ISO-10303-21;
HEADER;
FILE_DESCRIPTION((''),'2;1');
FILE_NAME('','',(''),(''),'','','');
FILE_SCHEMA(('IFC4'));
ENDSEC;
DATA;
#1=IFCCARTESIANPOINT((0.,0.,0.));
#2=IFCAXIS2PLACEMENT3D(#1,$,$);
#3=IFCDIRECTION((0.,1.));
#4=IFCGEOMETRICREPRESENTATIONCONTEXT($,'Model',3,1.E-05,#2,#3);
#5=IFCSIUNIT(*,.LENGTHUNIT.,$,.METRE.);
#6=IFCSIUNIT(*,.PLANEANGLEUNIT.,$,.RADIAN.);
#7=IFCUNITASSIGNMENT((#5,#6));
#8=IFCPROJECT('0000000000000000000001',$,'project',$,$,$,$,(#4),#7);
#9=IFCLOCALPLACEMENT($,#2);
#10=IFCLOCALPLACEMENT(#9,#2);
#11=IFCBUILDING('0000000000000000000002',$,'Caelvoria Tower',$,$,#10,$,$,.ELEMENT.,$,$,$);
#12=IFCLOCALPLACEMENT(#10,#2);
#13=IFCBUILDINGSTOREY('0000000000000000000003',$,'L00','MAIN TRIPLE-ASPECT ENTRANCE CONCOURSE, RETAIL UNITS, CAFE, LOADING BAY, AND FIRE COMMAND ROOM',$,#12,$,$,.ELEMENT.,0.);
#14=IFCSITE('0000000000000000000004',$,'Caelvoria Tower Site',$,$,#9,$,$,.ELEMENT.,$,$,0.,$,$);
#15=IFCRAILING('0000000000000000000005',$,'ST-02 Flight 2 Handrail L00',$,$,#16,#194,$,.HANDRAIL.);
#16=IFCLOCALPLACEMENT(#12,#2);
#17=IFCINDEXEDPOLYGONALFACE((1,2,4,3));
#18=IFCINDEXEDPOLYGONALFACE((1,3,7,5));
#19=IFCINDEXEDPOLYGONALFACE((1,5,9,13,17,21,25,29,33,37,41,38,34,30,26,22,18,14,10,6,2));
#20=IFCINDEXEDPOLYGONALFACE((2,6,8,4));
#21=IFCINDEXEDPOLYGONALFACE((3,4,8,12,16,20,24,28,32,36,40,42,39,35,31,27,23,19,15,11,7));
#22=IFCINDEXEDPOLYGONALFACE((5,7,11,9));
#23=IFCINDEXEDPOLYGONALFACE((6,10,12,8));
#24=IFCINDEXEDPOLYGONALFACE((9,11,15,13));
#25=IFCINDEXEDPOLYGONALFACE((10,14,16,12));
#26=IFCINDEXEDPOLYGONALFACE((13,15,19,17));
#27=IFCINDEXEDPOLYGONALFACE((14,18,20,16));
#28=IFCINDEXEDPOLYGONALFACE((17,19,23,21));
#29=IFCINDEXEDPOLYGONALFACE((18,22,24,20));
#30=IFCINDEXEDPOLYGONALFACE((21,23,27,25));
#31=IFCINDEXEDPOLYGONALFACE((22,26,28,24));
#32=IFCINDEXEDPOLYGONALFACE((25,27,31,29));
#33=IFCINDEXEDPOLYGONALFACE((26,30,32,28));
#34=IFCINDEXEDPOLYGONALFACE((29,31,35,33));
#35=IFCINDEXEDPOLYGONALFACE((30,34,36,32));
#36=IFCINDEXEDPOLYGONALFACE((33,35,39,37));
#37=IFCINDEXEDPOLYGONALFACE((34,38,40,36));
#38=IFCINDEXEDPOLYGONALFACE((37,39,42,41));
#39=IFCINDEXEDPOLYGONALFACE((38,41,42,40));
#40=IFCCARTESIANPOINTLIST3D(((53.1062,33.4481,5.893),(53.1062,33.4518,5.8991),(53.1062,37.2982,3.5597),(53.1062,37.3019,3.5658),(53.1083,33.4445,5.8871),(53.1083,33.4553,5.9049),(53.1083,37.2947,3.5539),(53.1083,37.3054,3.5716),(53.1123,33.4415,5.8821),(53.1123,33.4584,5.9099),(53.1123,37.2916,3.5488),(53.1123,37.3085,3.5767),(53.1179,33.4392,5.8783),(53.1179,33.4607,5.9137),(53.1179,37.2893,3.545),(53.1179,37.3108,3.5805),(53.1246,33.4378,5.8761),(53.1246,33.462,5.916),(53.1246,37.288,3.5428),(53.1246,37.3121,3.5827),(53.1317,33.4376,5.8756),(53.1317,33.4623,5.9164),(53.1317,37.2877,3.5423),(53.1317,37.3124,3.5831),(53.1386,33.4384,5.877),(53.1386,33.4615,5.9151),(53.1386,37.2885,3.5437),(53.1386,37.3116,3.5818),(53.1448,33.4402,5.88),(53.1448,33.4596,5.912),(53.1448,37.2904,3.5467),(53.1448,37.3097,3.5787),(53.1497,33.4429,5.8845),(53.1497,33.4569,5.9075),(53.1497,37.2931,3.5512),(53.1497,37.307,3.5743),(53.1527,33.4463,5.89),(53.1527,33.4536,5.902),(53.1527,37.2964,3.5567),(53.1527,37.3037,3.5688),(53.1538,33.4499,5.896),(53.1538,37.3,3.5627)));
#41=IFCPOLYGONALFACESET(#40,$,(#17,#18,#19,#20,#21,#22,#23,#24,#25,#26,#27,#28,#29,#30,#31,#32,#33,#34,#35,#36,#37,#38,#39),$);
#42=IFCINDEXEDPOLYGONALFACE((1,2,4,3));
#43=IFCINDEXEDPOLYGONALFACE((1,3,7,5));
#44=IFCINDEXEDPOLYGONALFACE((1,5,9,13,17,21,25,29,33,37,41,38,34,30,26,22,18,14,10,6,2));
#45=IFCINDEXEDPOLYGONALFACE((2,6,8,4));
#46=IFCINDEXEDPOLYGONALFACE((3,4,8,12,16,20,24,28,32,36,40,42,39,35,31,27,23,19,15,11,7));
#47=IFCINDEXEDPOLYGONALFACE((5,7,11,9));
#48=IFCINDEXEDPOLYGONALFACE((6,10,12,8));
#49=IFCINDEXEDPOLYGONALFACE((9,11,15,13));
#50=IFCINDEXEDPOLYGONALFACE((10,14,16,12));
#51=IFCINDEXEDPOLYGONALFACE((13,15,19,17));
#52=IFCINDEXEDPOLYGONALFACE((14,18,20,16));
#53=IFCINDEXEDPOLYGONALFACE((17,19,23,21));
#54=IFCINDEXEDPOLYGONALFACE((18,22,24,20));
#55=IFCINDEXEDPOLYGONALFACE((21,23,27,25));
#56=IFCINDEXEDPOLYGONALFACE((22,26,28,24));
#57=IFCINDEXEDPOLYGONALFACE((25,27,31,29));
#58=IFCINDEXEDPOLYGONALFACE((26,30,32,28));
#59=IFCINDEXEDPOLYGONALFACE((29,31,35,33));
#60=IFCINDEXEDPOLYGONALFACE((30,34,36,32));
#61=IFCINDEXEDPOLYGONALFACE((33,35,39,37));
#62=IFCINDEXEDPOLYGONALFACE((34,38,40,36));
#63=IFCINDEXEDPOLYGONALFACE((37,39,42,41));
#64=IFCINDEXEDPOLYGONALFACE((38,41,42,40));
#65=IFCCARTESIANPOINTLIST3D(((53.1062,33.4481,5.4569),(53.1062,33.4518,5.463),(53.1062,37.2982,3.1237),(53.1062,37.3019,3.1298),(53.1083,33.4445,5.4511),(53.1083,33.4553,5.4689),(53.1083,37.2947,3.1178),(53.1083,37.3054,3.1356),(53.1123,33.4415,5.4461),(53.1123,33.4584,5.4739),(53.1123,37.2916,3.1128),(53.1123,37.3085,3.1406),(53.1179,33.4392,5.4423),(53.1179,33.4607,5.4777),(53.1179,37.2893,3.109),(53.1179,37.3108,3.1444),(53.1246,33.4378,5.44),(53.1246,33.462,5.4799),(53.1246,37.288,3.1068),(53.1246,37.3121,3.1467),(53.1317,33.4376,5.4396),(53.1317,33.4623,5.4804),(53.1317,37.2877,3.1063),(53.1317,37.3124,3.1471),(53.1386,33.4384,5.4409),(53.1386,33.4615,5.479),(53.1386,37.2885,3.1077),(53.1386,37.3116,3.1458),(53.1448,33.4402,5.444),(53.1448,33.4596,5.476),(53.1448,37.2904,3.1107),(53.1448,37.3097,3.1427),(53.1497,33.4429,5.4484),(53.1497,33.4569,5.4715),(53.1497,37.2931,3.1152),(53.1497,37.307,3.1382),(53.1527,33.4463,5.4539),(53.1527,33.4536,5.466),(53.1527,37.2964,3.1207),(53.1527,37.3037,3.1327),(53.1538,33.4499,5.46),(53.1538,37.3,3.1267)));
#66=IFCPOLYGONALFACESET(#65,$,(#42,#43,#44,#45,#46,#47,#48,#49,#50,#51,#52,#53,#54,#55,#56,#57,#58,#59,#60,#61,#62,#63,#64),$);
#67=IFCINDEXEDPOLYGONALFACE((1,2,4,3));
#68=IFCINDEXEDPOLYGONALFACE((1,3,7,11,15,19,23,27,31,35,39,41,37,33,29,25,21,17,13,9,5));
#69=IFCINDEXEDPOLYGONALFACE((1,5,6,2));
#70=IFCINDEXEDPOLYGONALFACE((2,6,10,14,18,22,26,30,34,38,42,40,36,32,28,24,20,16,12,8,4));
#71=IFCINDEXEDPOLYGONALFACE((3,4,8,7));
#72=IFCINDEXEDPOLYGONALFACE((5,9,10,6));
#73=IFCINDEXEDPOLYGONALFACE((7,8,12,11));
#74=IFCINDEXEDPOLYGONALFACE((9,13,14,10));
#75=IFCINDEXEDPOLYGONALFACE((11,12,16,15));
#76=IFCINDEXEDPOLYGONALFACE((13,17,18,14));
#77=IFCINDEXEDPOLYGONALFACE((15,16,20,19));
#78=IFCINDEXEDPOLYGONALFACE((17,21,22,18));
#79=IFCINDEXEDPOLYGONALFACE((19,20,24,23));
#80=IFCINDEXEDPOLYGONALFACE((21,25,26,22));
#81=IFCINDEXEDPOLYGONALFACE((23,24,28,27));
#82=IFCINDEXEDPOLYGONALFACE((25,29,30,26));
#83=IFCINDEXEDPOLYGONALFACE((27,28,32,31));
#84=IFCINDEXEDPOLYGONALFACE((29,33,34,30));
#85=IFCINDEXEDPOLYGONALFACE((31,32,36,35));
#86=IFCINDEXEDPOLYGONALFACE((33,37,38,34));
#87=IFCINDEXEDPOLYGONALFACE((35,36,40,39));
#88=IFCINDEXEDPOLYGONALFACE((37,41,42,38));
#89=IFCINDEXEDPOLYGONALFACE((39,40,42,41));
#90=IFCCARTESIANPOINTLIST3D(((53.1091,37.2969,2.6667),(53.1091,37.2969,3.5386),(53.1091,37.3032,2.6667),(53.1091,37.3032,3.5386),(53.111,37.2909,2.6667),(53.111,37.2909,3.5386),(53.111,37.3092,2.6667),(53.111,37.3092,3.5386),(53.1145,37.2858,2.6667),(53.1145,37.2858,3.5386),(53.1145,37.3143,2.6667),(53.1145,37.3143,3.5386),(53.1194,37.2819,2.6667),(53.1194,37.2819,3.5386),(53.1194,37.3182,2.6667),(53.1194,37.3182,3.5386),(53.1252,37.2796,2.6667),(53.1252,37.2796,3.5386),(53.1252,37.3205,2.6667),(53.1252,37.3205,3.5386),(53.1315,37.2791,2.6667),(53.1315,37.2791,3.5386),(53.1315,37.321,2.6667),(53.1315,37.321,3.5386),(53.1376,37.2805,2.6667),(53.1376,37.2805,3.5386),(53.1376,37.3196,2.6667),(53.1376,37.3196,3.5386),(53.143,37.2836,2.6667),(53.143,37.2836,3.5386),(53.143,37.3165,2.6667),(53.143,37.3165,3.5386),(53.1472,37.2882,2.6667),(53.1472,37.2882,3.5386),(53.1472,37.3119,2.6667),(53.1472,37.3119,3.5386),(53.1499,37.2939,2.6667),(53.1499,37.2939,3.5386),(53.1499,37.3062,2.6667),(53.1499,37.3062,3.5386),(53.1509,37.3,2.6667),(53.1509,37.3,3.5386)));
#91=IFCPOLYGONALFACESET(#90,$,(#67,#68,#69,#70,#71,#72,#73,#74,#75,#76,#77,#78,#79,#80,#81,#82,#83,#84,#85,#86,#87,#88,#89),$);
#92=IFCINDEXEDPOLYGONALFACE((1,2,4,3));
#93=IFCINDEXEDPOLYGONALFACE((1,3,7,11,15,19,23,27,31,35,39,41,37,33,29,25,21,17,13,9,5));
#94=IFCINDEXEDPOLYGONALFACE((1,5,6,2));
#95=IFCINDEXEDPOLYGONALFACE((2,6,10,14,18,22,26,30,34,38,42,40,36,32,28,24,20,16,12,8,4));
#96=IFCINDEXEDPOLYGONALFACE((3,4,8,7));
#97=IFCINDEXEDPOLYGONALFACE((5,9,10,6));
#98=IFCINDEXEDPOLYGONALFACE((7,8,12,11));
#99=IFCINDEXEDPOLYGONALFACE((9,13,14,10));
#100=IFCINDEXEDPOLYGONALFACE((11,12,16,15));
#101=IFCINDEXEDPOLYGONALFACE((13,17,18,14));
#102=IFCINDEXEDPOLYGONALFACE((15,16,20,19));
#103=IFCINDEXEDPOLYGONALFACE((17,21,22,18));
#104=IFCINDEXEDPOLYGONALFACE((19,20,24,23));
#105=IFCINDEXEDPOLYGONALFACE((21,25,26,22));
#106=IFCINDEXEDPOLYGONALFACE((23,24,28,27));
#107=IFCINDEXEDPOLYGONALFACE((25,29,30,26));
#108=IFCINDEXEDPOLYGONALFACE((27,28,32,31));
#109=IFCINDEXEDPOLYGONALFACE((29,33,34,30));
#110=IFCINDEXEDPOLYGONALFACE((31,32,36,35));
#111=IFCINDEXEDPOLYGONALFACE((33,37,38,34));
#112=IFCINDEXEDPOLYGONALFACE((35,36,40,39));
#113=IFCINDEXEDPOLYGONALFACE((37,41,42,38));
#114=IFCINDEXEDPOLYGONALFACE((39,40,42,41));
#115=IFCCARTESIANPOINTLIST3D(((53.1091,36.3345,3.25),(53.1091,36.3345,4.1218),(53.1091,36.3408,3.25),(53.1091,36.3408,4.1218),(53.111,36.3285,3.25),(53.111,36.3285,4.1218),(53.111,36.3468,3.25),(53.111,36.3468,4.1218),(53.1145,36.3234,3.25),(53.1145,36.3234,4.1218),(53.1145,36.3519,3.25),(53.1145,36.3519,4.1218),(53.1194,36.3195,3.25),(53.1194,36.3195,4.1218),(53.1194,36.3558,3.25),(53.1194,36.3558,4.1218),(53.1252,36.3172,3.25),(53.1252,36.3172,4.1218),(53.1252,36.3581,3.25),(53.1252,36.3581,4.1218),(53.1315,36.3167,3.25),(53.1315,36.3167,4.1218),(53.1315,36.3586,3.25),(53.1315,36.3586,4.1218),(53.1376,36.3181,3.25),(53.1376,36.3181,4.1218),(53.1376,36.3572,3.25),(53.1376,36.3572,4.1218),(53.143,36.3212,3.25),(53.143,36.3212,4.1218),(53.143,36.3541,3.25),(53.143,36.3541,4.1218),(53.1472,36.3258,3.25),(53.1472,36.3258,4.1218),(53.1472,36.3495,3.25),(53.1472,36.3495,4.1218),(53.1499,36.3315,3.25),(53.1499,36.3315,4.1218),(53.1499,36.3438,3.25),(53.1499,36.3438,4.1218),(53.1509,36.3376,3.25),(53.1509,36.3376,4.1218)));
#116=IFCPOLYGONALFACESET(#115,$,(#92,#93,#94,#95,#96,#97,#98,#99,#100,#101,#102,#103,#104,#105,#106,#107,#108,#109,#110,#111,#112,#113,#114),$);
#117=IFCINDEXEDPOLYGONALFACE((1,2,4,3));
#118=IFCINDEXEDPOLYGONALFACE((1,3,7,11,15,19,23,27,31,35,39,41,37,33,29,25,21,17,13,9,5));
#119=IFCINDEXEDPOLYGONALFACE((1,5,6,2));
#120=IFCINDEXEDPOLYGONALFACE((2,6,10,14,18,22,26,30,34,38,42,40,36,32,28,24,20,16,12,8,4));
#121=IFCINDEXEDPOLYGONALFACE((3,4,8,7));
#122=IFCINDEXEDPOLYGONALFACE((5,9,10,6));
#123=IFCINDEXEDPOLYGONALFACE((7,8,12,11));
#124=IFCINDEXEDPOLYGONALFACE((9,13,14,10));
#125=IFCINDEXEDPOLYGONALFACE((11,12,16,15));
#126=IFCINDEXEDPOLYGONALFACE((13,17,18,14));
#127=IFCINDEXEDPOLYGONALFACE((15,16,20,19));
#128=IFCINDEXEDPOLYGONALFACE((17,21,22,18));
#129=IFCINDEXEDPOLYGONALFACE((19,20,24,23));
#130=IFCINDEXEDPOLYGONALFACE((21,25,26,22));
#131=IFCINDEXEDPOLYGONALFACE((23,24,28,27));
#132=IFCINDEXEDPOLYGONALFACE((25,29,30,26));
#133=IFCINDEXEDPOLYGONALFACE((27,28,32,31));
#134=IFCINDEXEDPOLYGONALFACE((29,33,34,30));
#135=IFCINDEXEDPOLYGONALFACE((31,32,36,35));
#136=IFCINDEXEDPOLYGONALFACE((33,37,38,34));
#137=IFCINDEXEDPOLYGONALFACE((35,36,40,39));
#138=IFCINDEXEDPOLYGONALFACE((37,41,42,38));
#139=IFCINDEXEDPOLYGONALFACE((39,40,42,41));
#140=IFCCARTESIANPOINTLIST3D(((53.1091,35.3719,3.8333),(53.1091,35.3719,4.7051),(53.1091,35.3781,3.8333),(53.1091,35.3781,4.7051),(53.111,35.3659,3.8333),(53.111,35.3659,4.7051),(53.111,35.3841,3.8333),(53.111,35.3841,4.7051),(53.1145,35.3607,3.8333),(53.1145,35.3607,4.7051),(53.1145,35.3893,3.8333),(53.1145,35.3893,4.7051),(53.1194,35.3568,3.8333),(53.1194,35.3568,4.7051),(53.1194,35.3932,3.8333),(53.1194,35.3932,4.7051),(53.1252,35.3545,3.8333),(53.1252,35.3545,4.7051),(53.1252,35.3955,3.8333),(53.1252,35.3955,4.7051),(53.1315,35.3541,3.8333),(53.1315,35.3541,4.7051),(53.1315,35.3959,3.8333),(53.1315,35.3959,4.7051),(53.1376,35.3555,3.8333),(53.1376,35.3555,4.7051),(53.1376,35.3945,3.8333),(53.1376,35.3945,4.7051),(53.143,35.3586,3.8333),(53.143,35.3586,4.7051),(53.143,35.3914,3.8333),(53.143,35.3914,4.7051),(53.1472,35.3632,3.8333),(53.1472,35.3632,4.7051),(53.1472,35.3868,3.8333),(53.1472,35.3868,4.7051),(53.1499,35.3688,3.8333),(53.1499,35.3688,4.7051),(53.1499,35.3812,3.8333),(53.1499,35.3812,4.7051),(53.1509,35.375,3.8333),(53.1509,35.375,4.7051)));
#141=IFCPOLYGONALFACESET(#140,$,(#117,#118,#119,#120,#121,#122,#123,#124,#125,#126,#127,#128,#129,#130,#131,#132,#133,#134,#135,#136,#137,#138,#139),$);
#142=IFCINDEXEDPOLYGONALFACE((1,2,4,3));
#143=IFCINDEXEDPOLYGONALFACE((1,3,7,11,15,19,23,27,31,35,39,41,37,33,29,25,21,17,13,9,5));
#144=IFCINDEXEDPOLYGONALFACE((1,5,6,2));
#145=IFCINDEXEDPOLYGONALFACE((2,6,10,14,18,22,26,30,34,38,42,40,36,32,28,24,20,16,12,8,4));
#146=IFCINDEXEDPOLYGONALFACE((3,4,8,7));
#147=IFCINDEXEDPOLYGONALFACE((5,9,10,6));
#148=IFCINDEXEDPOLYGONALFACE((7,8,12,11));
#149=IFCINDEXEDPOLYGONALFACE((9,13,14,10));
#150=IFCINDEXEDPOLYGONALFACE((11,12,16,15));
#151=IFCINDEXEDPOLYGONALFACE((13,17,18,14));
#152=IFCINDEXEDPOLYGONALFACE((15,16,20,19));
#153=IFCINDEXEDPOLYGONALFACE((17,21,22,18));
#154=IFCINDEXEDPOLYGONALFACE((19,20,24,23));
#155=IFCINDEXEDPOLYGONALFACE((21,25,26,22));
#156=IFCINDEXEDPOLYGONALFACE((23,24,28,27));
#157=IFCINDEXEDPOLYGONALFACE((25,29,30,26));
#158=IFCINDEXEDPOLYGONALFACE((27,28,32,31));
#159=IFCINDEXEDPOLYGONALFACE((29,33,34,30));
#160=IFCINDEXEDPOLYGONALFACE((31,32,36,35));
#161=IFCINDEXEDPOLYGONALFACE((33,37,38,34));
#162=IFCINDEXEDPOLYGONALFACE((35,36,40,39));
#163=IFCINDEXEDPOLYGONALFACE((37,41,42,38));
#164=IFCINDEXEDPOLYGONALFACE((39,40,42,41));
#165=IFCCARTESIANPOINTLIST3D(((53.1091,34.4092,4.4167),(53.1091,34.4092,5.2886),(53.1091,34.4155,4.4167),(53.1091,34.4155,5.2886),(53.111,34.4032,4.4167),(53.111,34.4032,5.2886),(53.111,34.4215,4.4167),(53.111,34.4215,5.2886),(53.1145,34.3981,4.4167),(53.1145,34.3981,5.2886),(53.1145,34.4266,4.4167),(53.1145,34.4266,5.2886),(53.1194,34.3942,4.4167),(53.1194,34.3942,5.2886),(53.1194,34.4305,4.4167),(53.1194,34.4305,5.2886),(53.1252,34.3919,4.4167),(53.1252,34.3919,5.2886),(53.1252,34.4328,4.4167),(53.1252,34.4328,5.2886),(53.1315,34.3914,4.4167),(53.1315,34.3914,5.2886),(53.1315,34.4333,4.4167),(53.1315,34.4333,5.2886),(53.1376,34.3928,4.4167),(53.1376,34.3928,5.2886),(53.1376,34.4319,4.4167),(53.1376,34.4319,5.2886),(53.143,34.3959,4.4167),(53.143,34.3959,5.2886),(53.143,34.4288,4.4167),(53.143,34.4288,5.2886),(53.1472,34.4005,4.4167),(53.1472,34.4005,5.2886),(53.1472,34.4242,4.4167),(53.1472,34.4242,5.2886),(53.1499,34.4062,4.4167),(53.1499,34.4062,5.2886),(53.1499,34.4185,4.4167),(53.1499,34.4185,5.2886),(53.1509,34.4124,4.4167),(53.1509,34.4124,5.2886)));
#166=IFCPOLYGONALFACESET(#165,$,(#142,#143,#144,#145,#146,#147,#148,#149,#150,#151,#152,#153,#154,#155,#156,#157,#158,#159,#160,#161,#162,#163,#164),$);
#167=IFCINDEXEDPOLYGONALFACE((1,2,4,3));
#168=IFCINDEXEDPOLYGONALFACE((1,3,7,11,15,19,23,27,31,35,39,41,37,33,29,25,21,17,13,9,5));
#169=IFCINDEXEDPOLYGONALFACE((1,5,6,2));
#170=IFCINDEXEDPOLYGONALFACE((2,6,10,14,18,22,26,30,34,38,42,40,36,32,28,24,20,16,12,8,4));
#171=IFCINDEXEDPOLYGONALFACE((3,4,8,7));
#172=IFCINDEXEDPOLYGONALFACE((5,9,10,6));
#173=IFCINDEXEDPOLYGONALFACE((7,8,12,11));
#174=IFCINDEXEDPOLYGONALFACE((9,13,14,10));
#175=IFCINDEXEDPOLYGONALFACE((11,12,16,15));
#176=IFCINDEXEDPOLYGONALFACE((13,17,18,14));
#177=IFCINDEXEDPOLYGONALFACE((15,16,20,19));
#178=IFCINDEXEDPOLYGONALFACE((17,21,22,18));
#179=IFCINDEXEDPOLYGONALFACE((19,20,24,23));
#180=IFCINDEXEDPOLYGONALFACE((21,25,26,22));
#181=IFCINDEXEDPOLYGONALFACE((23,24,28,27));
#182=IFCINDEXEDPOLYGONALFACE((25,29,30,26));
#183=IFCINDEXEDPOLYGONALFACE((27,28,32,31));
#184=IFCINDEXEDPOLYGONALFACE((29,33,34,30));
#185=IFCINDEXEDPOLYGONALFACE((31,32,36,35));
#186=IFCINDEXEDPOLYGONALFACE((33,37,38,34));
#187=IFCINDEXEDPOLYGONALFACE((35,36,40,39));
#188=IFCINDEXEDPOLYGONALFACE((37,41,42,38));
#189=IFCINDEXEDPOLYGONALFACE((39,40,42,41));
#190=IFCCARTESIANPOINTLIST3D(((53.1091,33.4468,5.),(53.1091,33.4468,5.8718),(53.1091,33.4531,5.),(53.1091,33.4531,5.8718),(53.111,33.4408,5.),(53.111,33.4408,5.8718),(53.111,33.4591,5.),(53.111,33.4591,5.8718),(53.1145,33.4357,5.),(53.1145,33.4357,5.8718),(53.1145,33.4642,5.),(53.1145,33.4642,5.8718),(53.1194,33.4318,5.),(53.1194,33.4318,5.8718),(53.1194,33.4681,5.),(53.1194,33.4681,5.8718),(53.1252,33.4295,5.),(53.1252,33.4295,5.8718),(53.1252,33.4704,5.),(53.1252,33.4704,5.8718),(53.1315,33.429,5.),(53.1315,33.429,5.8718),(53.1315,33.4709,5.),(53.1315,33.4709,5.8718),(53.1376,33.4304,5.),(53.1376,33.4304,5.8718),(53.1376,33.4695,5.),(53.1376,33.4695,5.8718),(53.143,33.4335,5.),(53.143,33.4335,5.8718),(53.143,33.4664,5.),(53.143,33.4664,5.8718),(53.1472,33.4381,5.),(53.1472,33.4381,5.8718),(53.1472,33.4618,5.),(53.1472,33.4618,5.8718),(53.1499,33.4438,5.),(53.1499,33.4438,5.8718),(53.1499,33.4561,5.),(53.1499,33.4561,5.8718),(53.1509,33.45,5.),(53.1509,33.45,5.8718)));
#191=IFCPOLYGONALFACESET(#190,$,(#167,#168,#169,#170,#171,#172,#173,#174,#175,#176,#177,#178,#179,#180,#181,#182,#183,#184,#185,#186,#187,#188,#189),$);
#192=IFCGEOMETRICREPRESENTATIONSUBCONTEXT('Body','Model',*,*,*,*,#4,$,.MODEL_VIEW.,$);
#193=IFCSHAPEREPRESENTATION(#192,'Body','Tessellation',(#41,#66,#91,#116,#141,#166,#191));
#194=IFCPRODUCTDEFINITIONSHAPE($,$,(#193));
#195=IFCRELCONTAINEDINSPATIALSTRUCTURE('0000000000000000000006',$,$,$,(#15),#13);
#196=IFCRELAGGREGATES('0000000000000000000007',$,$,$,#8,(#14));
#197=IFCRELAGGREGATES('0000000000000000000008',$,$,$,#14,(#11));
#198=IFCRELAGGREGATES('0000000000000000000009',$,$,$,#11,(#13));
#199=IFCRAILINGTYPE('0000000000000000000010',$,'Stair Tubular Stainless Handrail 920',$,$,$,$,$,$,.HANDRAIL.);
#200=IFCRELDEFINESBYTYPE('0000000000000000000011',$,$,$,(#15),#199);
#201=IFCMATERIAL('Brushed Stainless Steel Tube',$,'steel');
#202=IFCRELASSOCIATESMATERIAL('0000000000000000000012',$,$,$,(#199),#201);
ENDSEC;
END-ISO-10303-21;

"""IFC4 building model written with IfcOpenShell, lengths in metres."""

from ifc_helpers import new_model, si_unit, direction, frame, origin, origin_2d, place, context, subcontext, project, spatial, circle, extrude, material, type_object, element, save


model = new_model("IFC4")

# Units and contexts
model_context = context("Model", 3, precision=1e-05, world=origin(), true_north=direction((0.0, 1.0)))
body_context = subcontext(model_context, "Body", "Model", "MODEL_VIEW")
ifc_project = project(units=[si_unit("LENGTHUNIT", "METRE"), si_unit("PLANEANGLEUNIT", "RADIAN")], contexts=[model_context])

# Site, building, storey
site_placement = place(None, origin())
site = spatial("IfcSite", under=ifc_project, at=site_placement, Name="Caelvoria Tower Site", CompositionType="ELEMENT", RefElevation=0.0)
building_placement = place(site_placement, origin())
building = spatial("IfcBuilding", under=site, at=building_placement, Name="Caelvoria Tower", CompositionType="ELEMENT")
storey_placement = place(building_placement, origin())
storey = spatial("IfcBuildingStorey", under=building, at=storey_placement, Name="L00", Description="MAIN TRIPLE-ASPECT ENTRANCE CONCOURSE, RETAIL UNITS, CAFE, LOADING BAY, AND FIRE COMMAND ROOM", CompositionType="ELEMENT", Elevation=0.0)

# Railing
ifc_material_1 = material(Name="Brushed Stainless Steel Tube", Category="steel")
railing_type = type_object("IfcRailingType", Name="Stair Tubular Stainless Handrail 920", PredefinedType="HANDRAIL", material=ifc_material_1)
railing_1_placement = place(storey_placement, frame((53.1299, 37.3, 2.6667)))
element("IfcRailing", 1, at=railing_1_placement, inside=storey, type_object=railing_type, Name="ST-02 Flight 2 Handrail L00", PredefinedType="HANDRAIL", context=body_context, shape_type="SweptSolid", body=[
    extrude(circle(Radius=0.0239, at=origin_2d()), frame((0.0, 0.0, 0.896), z_axis=(0.0, -0.855212, 0.518279), x_axis=(1.0, 0.0, 0.0)), (0.0, 0.0, 1.0), 4.502),
    extrude(circle(Radius=0.0239, at=origin_2d()), frame((0.0, 0.0, 0.46), z_axis=(0.0, -0.855212, 0.518279), x_axis=(1.0, 0.0, 0.0)), (0.0, 0.0, 1.0), 4.502),
    extrude(circle(Radius=0.021, at=origin_2d()), origin(), (0.0, 0.0, 1.0), 0.8718),
    extrude(circle(Radius=0.021, at=origin_2d()), frame((0.0, -0.9624, 0.5833)), (0.0, 0.0, 1.0), 0.8718),
    extrude(circle(Radius=0.021, at=origin_2d()), frame((0.0, -1.925, 1.1665)), (0.0, 0.0, 1.0), 0.8718),
    extrude(circle(Radius=0.021, at=origin_2d()), frame((0.0, -2.8877, 1.75)), (0.0, 0.0, 1.0), 0.8718),
    extrude(circle(Radius=0.021, at=origin_2d()), frame((0.0, -3.8501, 2.3333)), (0.0, 0.0, 1.0), 0.8718),
])

save(model, "model.ifc")
